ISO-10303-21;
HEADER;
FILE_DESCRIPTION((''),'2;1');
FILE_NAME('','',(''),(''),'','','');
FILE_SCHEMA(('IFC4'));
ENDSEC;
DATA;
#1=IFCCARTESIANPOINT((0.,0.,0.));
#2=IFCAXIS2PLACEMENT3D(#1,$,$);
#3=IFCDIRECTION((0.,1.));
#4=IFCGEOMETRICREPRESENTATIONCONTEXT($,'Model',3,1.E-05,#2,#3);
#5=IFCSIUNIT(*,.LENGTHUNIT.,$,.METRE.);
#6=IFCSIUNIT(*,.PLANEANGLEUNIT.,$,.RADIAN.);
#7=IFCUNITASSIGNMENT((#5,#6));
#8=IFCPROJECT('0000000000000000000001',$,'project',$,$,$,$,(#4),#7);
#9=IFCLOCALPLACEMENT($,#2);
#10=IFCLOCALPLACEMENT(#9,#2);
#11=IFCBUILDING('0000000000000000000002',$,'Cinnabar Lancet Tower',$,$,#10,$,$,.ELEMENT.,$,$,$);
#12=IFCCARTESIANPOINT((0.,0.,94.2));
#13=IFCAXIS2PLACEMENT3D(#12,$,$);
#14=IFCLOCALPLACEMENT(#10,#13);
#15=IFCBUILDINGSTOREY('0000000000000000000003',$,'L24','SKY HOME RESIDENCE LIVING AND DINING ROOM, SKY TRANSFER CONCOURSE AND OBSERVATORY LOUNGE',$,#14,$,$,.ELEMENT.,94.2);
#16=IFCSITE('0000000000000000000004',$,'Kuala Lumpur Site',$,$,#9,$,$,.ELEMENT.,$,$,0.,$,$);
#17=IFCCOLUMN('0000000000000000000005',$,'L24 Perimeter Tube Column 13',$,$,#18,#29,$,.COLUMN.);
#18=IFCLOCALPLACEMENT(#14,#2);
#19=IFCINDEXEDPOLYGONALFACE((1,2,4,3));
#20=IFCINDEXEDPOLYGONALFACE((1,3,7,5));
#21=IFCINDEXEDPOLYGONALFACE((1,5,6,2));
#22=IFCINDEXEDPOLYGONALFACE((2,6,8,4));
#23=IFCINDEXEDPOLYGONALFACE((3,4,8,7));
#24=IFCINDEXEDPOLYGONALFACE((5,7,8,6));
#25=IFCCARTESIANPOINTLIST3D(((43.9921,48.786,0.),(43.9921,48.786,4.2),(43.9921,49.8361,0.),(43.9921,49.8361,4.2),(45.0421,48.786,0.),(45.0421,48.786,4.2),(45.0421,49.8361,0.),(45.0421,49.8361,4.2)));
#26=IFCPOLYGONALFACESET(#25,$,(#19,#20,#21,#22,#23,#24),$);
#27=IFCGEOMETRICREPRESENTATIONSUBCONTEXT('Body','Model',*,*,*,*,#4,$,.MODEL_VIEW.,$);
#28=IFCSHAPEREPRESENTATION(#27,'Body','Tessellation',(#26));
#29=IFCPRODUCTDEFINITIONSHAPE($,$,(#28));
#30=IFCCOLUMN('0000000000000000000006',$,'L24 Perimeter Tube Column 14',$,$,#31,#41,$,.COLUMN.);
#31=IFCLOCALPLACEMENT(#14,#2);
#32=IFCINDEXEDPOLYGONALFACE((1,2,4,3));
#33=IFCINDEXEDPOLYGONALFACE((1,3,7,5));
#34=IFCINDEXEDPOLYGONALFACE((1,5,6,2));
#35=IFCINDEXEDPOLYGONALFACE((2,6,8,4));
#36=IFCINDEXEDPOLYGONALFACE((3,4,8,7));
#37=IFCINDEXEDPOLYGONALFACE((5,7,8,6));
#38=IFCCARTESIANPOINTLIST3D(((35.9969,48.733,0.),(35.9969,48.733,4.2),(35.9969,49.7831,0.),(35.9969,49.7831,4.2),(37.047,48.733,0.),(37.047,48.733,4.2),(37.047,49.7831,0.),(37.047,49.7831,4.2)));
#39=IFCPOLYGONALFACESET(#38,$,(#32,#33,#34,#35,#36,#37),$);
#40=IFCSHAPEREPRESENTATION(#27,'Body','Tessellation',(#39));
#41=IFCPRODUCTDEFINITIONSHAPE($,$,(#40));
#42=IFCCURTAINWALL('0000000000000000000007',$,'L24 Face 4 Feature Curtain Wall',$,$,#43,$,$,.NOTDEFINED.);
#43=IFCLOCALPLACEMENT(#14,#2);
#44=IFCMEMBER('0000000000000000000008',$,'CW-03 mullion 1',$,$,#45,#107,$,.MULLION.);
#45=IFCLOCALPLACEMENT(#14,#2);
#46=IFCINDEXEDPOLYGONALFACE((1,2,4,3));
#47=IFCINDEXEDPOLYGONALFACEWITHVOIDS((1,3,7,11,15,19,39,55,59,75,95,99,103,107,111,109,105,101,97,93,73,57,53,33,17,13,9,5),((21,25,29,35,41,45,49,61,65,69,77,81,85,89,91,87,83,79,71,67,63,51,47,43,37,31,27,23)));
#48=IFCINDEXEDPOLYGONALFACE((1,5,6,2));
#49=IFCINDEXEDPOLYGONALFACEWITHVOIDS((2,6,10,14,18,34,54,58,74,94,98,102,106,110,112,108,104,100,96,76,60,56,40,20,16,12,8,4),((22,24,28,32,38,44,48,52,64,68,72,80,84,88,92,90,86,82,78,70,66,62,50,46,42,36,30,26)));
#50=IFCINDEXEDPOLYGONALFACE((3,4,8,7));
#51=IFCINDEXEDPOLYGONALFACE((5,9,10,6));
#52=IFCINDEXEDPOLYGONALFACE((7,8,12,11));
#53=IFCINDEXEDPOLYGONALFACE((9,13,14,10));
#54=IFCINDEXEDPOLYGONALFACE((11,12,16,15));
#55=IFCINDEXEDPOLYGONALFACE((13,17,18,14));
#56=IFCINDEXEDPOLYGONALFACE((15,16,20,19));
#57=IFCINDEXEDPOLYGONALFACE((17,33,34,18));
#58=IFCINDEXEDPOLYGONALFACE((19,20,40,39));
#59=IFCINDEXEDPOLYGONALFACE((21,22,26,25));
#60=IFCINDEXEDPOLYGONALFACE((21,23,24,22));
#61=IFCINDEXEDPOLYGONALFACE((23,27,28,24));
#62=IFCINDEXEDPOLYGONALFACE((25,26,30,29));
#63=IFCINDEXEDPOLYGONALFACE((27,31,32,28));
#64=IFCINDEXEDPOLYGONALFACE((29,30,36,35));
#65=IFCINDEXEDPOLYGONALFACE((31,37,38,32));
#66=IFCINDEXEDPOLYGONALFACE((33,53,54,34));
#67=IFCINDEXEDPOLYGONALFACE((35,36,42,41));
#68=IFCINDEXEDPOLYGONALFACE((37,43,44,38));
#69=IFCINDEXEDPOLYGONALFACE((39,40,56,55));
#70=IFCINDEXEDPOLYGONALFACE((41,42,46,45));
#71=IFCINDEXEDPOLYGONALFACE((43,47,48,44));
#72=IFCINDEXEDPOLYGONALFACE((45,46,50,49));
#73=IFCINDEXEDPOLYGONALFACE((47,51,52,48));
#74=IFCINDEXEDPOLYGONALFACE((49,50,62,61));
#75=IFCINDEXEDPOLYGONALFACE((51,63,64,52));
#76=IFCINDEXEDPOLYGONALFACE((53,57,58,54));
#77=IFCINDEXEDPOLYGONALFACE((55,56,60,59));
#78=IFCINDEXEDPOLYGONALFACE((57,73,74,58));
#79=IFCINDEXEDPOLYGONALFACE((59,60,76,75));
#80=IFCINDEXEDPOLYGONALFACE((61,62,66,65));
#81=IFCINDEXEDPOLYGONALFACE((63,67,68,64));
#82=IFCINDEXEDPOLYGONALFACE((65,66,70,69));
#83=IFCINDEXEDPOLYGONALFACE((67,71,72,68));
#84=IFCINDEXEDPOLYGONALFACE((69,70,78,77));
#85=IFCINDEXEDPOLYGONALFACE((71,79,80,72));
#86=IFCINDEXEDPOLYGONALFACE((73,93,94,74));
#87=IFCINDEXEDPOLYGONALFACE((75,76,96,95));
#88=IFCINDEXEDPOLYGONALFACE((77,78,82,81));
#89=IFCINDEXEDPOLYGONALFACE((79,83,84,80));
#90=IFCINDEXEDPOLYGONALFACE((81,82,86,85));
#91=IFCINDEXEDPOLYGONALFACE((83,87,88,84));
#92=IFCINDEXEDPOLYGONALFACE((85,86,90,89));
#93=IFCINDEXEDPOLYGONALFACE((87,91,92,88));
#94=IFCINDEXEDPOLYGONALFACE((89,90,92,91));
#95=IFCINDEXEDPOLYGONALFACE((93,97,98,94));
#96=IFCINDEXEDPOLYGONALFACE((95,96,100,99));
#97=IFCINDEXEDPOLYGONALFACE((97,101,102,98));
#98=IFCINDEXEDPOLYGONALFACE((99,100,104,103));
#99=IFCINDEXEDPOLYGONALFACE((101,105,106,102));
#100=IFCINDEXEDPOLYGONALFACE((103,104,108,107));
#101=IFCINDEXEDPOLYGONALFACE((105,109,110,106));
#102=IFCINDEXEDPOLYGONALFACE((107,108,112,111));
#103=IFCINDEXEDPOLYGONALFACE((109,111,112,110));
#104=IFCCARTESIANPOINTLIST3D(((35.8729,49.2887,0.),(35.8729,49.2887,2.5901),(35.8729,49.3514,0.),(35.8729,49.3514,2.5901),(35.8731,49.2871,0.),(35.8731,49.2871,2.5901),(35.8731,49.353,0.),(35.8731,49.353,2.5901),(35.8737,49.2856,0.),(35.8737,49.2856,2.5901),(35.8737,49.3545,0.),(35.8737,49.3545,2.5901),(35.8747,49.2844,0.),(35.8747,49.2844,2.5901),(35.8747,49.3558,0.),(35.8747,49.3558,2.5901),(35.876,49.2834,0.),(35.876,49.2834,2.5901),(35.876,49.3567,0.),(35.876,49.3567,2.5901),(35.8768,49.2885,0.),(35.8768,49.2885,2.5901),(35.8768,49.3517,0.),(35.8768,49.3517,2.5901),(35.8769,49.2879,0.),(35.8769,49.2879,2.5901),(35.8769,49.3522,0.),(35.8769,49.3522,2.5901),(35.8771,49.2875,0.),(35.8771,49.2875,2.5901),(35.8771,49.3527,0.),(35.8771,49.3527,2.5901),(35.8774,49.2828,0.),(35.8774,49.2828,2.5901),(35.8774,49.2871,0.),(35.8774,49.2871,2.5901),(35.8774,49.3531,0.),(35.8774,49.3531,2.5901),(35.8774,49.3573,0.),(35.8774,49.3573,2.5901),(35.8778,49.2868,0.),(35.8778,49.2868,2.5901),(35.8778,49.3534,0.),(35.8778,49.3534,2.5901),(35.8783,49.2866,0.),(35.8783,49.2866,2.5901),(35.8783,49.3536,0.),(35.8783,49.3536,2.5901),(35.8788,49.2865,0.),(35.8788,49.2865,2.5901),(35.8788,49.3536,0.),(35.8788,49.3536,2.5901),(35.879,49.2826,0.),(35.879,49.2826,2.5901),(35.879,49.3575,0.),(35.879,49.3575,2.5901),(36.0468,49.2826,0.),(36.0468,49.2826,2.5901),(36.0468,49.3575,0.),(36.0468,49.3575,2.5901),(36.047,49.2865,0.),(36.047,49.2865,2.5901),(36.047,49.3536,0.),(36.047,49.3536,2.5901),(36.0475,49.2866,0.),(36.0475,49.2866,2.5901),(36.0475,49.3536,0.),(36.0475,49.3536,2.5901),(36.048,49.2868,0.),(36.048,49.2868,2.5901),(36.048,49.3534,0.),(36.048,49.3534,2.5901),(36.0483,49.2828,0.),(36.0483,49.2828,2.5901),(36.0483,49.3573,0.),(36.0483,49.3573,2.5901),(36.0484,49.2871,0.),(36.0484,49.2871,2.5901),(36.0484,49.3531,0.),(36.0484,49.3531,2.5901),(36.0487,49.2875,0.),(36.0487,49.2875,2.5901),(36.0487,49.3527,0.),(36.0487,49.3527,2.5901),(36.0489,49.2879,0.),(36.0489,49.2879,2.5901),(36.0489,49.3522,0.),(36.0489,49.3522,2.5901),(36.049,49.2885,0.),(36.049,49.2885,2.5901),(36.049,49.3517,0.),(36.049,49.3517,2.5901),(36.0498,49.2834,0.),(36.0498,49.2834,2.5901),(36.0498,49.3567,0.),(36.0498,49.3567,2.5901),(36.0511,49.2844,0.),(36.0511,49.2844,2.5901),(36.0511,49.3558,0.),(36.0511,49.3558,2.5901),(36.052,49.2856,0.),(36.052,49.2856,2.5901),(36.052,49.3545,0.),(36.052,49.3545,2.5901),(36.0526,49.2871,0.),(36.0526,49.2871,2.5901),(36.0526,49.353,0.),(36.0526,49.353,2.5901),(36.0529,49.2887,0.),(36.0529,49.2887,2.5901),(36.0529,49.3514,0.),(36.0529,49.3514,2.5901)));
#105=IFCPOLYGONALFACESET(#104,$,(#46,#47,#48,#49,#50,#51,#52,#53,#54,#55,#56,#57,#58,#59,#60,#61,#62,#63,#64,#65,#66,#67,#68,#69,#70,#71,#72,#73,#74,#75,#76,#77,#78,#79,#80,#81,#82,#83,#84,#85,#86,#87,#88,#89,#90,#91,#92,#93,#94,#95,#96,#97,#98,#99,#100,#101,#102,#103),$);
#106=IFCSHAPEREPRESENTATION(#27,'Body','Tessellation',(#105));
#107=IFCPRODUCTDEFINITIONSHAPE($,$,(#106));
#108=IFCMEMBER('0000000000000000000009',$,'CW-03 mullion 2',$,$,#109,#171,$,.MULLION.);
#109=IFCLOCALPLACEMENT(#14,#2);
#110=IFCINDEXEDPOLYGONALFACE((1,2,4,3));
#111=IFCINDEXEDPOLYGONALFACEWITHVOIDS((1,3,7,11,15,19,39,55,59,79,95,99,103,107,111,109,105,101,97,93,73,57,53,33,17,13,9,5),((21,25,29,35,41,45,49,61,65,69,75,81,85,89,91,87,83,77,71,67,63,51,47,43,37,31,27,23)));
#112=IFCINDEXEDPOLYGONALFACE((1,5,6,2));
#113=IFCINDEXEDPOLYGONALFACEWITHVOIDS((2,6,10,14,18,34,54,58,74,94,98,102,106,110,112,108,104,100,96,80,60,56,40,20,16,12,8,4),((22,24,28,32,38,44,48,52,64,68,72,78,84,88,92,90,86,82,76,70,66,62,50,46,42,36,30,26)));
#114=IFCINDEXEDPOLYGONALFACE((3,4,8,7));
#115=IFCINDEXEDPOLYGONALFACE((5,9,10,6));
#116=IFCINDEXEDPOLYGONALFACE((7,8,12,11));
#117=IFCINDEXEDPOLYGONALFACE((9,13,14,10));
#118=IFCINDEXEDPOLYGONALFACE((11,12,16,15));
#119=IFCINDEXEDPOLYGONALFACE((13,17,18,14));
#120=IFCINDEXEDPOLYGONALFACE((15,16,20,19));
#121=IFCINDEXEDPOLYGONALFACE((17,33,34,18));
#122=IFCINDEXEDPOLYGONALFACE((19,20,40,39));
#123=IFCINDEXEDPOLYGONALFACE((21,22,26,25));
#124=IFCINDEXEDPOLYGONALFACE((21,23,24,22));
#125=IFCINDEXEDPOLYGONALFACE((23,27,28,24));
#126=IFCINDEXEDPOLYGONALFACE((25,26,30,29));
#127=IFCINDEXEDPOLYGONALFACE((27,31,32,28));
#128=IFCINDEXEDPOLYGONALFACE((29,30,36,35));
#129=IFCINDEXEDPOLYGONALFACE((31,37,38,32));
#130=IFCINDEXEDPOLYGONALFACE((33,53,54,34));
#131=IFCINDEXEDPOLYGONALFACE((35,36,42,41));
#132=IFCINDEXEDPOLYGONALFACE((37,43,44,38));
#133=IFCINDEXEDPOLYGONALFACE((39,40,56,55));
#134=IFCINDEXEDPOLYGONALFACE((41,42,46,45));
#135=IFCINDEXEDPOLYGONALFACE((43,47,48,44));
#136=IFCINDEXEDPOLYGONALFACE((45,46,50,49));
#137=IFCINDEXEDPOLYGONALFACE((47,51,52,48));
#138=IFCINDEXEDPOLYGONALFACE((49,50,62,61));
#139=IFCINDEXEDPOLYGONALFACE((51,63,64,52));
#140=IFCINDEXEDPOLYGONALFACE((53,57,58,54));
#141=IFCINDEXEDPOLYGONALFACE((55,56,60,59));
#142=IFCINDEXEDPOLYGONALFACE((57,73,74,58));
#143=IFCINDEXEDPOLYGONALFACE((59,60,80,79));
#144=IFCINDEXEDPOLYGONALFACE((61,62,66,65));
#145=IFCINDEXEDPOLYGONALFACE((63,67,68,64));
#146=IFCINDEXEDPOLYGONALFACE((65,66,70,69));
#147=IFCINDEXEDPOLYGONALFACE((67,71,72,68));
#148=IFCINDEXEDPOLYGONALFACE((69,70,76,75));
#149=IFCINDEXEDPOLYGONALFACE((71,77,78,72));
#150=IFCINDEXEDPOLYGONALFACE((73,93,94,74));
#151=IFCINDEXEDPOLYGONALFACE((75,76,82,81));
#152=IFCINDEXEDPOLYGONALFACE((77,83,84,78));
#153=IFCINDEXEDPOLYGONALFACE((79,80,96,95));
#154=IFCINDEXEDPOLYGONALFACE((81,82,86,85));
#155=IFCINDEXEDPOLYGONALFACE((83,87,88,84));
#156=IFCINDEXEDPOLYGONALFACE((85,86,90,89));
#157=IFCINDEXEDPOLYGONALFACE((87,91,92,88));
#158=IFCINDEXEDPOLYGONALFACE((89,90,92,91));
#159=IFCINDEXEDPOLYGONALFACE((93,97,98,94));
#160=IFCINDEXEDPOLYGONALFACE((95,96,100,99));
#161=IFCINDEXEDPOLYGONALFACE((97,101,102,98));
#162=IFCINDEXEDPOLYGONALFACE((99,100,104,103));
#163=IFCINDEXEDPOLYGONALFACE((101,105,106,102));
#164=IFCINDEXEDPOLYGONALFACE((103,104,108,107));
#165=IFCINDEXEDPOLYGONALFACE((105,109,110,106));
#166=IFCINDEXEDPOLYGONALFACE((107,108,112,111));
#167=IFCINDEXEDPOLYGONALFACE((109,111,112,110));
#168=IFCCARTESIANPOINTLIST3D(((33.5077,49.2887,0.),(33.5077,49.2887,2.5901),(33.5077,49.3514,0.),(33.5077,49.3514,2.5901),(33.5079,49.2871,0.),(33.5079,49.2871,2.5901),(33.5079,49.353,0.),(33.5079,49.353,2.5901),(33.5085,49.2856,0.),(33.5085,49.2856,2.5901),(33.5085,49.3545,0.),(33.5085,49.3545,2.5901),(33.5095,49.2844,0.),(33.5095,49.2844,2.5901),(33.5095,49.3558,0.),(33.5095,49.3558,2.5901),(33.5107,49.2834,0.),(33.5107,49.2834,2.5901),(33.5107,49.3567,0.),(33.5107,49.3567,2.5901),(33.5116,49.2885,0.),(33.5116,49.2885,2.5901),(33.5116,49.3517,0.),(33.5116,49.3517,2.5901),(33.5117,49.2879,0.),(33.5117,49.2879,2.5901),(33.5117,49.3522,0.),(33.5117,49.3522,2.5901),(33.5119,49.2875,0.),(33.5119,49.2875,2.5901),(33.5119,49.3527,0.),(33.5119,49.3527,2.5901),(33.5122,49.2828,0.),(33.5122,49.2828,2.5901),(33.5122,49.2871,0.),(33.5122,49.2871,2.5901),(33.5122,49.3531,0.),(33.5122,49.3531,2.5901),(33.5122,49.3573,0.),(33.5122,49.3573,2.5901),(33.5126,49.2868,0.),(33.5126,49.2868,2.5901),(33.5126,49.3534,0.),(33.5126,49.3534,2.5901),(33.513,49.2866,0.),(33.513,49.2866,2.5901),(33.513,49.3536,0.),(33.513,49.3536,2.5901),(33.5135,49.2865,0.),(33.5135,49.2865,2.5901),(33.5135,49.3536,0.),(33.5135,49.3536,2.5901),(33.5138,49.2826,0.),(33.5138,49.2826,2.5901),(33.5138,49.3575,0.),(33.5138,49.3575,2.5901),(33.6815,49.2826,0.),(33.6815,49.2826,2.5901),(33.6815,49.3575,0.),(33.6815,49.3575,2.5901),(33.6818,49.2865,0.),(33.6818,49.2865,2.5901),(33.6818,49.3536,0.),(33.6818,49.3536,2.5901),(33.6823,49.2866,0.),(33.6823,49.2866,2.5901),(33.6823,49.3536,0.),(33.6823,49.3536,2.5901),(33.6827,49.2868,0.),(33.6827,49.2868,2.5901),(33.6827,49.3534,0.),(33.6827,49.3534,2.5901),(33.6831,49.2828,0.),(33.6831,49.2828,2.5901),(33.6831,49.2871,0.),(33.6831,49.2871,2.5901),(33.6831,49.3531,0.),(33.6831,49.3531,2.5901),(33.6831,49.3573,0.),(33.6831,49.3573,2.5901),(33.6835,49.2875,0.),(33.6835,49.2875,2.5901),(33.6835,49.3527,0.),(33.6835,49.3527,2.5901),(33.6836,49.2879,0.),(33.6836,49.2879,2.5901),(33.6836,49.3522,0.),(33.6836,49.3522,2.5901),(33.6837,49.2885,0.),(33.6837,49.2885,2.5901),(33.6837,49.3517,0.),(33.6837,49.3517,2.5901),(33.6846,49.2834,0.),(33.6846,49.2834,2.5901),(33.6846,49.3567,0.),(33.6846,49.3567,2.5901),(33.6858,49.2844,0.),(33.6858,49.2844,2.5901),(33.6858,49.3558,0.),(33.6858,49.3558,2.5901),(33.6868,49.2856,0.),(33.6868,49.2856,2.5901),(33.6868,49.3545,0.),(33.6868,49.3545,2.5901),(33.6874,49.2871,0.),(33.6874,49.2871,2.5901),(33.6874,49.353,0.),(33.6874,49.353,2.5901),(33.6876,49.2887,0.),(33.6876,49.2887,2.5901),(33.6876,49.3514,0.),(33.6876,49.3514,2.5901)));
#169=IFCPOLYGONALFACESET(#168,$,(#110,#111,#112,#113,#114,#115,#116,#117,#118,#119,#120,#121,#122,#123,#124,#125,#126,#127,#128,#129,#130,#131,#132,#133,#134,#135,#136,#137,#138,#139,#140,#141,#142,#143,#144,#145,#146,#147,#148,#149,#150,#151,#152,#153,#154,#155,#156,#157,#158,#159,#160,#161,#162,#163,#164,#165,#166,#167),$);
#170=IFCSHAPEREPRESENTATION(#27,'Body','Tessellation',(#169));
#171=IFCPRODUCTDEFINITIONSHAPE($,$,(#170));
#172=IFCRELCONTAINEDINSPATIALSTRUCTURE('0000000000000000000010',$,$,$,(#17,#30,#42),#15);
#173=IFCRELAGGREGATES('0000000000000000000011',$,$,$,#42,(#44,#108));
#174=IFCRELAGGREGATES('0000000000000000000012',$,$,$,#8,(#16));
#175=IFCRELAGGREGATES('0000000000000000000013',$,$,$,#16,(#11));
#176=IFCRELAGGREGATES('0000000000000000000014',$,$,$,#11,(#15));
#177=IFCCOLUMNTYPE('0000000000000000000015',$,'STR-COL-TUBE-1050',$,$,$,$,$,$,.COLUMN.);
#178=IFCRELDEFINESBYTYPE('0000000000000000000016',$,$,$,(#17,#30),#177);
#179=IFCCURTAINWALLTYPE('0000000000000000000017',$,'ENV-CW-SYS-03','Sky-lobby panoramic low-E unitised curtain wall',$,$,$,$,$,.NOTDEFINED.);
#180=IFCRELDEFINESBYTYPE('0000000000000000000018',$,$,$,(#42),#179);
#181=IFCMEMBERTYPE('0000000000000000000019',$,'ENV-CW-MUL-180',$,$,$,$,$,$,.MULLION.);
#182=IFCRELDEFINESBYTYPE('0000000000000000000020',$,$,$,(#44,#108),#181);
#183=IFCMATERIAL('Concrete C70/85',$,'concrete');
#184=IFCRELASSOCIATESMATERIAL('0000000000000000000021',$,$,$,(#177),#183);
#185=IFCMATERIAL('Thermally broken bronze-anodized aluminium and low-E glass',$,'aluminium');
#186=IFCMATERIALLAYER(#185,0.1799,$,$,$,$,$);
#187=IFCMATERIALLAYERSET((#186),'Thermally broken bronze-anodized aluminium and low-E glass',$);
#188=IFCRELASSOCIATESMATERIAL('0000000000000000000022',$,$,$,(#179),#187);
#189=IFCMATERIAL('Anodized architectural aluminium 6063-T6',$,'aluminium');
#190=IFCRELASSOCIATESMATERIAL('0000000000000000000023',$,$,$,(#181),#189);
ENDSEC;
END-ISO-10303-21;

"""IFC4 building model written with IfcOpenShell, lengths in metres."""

from ifc_helpers import new_model, si_unit, direction, frame, origin, origin_2d, place, context, subcontext, project, spatial, rectangle, hollow_rectangle, extrude, material, layer, layer_set, material_profile, profile_set, type_object, element, aggregate, save


model = new_model("IFC4")

# Units and contexts
model_context = context("Model", 3, precision=1e-05, world=origin(), true_north=direction((0.0, 1.0)))
body_context = subcontext(model_context, "Body", "Model", "MODEL_VIEW")
ifc_project = project(units=[si_unit("LENGTHUNIT", "METRE"), si_unit("PLANEANGLEUNIT", "RADIAN")], contexts=[model_context])

# Site, building, storey
site_placement = place(None, origin())
site = spatial("IfcSite", under=ifc_project, at=site_placement, Name="Kuala Lumpur Site", CompositionType="ELEMENT", RefElevation=0.0)
building_placement = place(site_placement, origin())
building = spatial("IfcBuilding", under=site, at=building_placement, Name="Cinnabar Lancet Tower", CompositionType="ELEMENT")
storey_placement = place(building_placement, frame((0.0, 0.0, 94.2)))
storey = spatial("IfcBuildingStorey", under=building, at=storey_placement, Name="L24", Description="SKY HOME RESIDENCE LIVING AND DINING ROOM, SKY TRANSFER CONCOURSE AND OBSERVATORY LOUNGE", CompositionType="ELEMENT", Elevation=94.2)

# Columns
ifc_material_1 = material(Name="Concrete C70/85", Category="concrete")
ifc_material_profile_1 = material_profile(ifc_material_1, rectangle(XDim=1.05, YDim=1.05, at=origin_2d()), Name="RC-COL 1050x1050")
ifc_profile_set_1 = profile_set([ifc_material_profile_1], Name="Concrete C70/85")
column_type = type_object("IfcColumnType", Name="STR-COL-TUBE-1050", PredefinedType="COLUMN", material=ifc_profile_set_1)
for number, where, z_axis, x_axis, name in (
    (1, (44.5171, 49.311, 0.0), (0.0, 0.0, 1.0), (1.0, 0.0, 0.0), "L24 Perimeter Tube Column 13"),
    (2, (36.522, 49.2581, 0.0), (0.0, 0.0, 1.0), (1.0, 0.0, 0.0), "L24 Perimeter Tube Column 14"),
):
    element("IfcColumn", number, at=place(storey_placement, frame(where, z_axis=z_axis, x_axis=x_axis)), inside=storey, type_object=column_type, Name=name, PredefinedType="COLUMN", context=body_context, shape_type="SweptSolid", body=[
        extrude(rectangle(XDim=1.05, YDim=1.05, at=origin_2d()), origin(), (0.0, 0.0, 1.0), 4.2),
    ])

# Curtain wall, members
ifc_material_2 = material(Name="Thermally broken bronze-anodized aluminium and low-E glass", Category="aluminium")
ifc_layer_1 = layer(ifc_material_2, 0.1799)
ifc_layer_set_1 = layer_set([ifc_layer_1], Name="Thermally broken bronze-anodized aluminium and low-E glass")
curtain_wall_type = type_object("IfcCurtainWallType", Name="ENV-CW-SYS-03", Description="Sky-lobby panoramic low-E unitised curtain wall", PredefinedType="NOTDEFINED", material=ifc_layer_set_1)
curtain_wall_placement = place(storey_placement, origin())
curtain_wall = element("IfcCurtainWall", 3, at=curtain_wall_placement, inside=storey, type_object=curtain_wall_type, Name="L24 Face 4 Feature Curtain Wall", PredefinedType="NOTDEFINED")
ifc_material_3 = material(Name="Anodized architectural aluminium 6063-T6", Category="aluminium")
ifc_material_profile_2 = material_profile(ifc_material_3, hollow_rectangle(XDim=0.075, YDim=0.1799, WallThickness=0.0039, InnerFilletRadius=0.002, OuterFilletRadius=0.0061, at=origin_2d()), Name="CW-MUL 180x75x4")
ifc_profile_set_2 = profile_set([ifc_material_profile_2], Name="Anodized architectural aluminium 6063-T6")
member_type_1 = type_object("IfcMemberType", Name="ENV-CW-MUL-180", PredefinedType="MULLION", material=ifc_profile_set_2)
member_1_placement = place(storey_placement, frame((35.9629, 49.3201, 0.0), z_axis=(0.0, 0.0, 1.0), x_axis=(0.0, -1.0, 0.0)))
member_1 = element("IfcMember", 4, at=member_1_placement, type_object=member_type_1, Name="CW-03 mullion 1", PredefinedType="MULLION", context=body_context, shape_type="SweptSolid", body=[
    extrude(hollow_rectangle(XDim=0.075, YDim=0.1799, WallThickness=0.0039, InnerFilletRadius=0.002, OuterFilletRadius=0.0061, at=origin_2d()), origin(), (0.0, 0.0, 1.0), 2.5901),
])
member_2_placement = place(storey_placement, frame((33.5977, 49.3201, 0.0), z_axis=(0.0, 0.0, 1.0), x_axis=(0.0, -1.0, 0.0)))
member_2 = element("IfcMember", 5, at=member_2_placement, type_object=member_type_1, Name="CW-03 mullion 2", PredefinedType="MULLION", context=body_context, shape_type="SweptSolid", body=[
    extrude(hollow_rectangle(XDim=0.075, YDim=0.1799, WallThickness=0.0039, InnerFilletRadius=0.002, OuterFilletRadius=0.0061, at=origin_2d()), origin(), (0.0, 0.0, 1.0), 2.5901),
])

aggregate(curtain_wall, [member_1, member_2])

save(model, "model.ifc")
